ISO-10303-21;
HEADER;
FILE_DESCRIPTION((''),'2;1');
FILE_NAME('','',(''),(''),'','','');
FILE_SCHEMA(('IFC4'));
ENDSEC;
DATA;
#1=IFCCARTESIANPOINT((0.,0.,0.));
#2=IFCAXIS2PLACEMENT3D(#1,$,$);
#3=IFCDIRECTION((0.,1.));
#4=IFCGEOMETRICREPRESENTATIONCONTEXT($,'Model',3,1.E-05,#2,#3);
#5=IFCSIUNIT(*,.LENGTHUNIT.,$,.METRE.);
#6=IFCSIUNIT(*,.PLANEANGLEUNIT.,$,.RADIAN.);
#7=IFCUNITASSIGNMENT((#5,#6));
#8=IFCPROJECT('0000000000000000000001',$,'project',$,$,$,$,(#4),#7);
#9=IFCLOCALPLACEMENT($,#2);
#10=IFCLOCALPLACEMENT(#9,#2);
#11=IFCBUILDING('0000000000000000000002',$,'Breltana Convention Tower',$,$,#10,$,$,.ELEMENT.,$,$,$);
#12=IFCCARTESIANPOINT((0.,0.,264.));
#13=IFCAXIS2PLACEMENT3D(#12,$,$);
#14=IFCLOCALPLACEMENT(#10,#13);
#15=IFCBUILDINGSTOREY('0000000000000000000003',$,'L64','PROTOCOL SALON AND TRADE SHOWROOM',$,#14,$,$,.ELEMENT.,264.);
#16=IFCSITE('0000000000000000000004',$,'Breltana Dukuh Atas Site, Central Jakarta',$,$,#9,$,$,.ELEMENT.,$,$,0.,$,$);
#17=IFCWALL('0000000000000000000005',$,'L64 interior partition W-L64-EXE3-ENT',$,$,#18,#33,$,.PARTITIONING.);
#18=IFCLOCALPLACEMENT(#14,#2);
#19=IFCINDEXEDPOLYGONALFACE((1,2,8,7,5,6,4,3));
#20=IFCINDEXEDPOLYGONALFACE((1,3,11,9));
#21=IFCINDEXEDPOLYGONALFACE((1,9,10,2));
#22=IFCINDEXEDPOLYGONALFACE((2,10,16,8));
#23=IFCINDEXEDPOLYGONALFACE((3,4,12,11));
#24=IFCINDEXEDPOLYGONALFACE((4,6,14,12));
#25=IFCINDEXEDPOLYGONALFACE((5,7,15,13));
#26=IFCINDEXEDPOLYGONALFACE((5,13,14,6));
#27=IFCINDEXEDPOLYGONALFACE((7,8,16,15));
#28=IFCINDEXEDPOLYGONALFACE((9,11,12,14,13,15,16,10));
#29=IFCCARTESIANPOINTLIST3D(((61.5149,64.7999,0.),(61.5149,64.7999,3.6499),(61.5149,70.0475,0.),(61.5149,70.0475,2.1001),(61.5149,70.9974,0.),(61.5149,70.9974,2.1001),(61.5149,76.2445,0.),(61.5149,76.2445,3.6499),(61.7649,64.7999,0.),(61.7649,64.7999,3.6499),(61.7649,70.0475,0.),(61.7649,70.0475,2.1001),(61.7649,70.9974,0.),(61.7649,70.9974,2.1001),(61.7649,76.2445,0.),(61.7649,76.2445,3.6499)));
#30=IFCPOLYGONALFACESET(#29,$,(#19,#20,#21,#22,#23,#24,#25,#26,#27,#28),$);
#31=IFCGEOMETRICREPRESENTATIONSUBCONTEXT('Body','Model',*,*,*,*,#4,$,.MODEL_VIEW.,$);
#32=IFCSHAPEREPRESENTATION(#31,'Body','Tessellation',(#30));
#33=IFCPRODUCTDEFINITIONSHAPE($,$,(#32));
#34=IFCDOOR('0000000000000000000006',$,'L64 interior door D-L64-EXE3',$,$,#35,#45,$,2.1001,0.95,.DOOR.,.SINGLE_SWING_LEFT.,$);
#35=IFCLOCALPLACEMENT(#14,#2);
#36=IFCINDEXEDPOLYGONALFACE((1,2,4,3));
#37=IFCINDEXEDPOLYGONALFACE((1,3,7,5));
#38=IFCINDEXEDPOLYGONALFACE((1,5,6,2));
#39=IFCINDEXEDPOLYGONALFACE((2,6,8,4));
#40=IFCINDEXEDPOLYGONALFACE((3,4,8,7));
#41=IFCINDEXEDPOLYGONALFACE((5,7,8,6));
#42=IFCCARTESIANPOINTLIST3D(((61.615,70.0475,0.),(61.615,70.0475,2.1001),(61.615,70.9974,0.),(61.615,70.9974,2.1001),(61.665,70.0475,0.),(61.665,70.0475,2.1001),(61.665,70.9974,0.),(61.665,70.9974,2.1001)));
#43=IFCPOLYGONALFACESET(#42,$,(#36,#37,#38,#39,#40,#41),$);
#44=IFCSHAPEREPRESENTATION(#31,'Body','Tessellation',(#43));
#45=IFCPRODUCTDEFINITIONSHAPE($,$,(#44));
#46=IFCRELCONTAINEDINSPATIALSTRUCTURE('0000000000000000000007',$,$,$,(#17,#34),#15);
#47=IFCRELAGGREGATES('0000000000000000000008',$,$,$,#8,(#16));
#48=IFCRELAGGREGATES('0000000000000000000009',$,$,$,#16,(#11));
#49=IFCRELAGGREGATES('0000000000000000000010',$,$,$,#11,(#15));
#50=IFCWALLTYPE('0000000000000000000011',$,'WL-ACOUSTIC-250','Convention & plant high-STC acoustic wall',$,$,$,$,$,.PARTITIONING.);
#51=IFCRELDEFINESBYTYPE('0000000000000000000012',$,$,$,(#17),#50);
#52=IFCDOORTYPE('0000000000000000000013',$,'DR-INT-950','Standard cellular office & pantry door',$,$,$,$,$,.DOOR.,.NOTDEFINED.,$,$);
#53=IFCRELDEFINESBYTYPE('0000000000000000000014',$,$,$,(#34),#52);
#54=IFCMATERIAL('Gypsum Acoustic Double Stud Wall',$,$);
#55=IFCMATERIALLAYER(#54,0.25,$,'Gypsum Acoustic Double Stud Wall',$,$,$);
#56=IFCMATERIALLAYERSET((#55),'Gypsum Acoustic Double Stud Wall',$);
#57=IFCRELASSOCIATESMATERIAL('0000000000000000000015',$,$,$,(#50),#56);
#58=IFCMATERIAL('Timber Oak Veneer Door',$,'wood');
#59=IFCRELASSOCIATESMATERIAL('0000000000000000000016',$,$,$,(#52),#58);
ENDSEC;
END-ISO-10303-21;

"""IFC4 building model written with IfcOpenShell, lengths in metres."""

from ifc_helpers import new_model, si_unit, direction, frame, frame_2d, origin, place, context, subcontext, project, spatial, rectangle, extrude, source, transform, mapped, material, layer, layer_set, type_object, type_shapes, element, fill, save


model = new_model("IFC4")

# Units and contexts
model_context = context("Model", 3, precision=1e-05, world=origin(), true_north=direction((0.0, 1.0)))
body_context = subcontext(model_context, "Body", "Model", "MODEL_VIEW")
ifc_project = project(units=[si_unit("LENGTHUNIT", "METRE"), si_unit("PLANEANGLEUNIT", "RADIAN")], contexts=[model_context])

# Site, building, storey
site_placement = place(None, origin())
site = spatial("IfcSite", under=ifc_project, at=site_placement, Name="Breltana Dukuh Atas Site, Central Jakarta", CompositionType="ELEMENT", RefElevation=0.0)
building_placement = place(site_placement, origin())
building = spatial("IfcBuilding", under=site, at=building_placement, Name="Breltana Convention Tower", CompositionType="ELEMENT")
storey_placement = place(building_placement, frame((0.0, 0.0, 264.0)))
storey = spatial("IfcBuildingStorey", under=building, at=storey_placement, Name="L64", Description="PROTOCOL SALON AND TRADE SHOWROOM", CompositionType="ELEMENT", Elevation=264.0)

# Shared definitions
ifc_material_1 = material(Name="Gypsum Acoustic Double Stud Wall")
ifc_layer_1 = layer(ifc_material_1, 0.25, Name="Gypsum Acoustic Double Stud Wall")
ifc_layer_set_1 = layer_set([ifc_layer_1], Name="Gypsum Acoustic Double Stud Wall")
wall_type_1 = type_object("IfcWallType", Name="WL-ACOUSTIC-250", Description="Convention & plant high-STC acoustic wall", PredefinedType="PARTITIONING", material=ifc_layer_set_1)

# Wall, opening, door
ifc_material_2 = material(Name="Timber Oak Veneer Door", Category="wood")
door_type = type_object("IfcDoorType", Name="DR-INT-950", Description="Standard cellular office & pantry door", OperationType="NOTDEFINED", PredefinedType="DOOR", material=ifc_material_2)
shared_shape_1 = source(origin(), body_context, "Body", "SweptSolid", [
    extrude(rectangle(XDim=0.95, YDim=2.1001, at=frame_2d((0.4751, 1.05))), frame((0.0, 0.0249, 0.0), z_axis=(0.0, -1.0, 0.0), x_axis=(1.0, 0.0, 0.0)), (0.0, 0.0, 1.0), 0.05),
])
type_shapes(door_type, [shared_shape_1])
shared_shape_2 = source(origin(), body_context, "Body", "SweptSolid", [
    extrude(rectangle(XDim=11.4446, YDim=0.25, at=frame_2d((5.7222, 0.0))), origin(), (0.0, 0.0, 1.0), 3.6499),
])
wall_1_placement = place(storey_placement, frame((61.6399, 64.8, 0.0), z_axis=(0.0, 0.0, 1.0), x_axis=(0.0, 1.0, 0.0)))
wall_1 = element("IfcWall", 1, at=wall_1_placement, inside=storey, type_object=wall_type_1, Name="L64 interior partition W-L64-EXE3-ENT", PredefinedType="PARTITIONING", context=body_context, shape_type="MappedRepresentation", body=[
    mapped(shared_shape_2, transform((0.0, 0.0, 0.0), scale=1.0)),
])
opening_1_placement = place(wall_1_placement, frame((5.2473, 0.0, 0.0)))
opening_1 = element("IfcOpeningElement", 2, at=opening_1_placement, cuts=wall_1, PredefinedType="OPENING", context=body_context, shape_type="SweptSolid", body=[
    extrude(rectangle(XDim=0.95, YDim=2.1001, at=frame_2d((0.4751, 1.05))), frame((0.0, 0.135, 0.0), z_axis=(0.0, -1.0, 0.0), x_axis=(1.0, 0.0, 0.0)), (0.0, 0.0, 1.0), 0.27),
])
door_1_placement = place(opening_1_placement, origin())
door_1 = element("IfcDoor", 3, at=door_1_placement, inside=storey, type_object=door_type, Name="L64 interior door D-L64-EXE3", OperationType="SINGLE_SWING_LEFT", OverallHeight=2.1001, OverallWidth=0.95, PredefinedType="DOOR", context=body_context, shape_type="MappedRepresentation", body=[
    mapped(shared_shape_1, transform((0.0, 0.0, 0.0), scale=1.0)),
])
fill(opening_1, door_1)

save(model, "model.ifc")
